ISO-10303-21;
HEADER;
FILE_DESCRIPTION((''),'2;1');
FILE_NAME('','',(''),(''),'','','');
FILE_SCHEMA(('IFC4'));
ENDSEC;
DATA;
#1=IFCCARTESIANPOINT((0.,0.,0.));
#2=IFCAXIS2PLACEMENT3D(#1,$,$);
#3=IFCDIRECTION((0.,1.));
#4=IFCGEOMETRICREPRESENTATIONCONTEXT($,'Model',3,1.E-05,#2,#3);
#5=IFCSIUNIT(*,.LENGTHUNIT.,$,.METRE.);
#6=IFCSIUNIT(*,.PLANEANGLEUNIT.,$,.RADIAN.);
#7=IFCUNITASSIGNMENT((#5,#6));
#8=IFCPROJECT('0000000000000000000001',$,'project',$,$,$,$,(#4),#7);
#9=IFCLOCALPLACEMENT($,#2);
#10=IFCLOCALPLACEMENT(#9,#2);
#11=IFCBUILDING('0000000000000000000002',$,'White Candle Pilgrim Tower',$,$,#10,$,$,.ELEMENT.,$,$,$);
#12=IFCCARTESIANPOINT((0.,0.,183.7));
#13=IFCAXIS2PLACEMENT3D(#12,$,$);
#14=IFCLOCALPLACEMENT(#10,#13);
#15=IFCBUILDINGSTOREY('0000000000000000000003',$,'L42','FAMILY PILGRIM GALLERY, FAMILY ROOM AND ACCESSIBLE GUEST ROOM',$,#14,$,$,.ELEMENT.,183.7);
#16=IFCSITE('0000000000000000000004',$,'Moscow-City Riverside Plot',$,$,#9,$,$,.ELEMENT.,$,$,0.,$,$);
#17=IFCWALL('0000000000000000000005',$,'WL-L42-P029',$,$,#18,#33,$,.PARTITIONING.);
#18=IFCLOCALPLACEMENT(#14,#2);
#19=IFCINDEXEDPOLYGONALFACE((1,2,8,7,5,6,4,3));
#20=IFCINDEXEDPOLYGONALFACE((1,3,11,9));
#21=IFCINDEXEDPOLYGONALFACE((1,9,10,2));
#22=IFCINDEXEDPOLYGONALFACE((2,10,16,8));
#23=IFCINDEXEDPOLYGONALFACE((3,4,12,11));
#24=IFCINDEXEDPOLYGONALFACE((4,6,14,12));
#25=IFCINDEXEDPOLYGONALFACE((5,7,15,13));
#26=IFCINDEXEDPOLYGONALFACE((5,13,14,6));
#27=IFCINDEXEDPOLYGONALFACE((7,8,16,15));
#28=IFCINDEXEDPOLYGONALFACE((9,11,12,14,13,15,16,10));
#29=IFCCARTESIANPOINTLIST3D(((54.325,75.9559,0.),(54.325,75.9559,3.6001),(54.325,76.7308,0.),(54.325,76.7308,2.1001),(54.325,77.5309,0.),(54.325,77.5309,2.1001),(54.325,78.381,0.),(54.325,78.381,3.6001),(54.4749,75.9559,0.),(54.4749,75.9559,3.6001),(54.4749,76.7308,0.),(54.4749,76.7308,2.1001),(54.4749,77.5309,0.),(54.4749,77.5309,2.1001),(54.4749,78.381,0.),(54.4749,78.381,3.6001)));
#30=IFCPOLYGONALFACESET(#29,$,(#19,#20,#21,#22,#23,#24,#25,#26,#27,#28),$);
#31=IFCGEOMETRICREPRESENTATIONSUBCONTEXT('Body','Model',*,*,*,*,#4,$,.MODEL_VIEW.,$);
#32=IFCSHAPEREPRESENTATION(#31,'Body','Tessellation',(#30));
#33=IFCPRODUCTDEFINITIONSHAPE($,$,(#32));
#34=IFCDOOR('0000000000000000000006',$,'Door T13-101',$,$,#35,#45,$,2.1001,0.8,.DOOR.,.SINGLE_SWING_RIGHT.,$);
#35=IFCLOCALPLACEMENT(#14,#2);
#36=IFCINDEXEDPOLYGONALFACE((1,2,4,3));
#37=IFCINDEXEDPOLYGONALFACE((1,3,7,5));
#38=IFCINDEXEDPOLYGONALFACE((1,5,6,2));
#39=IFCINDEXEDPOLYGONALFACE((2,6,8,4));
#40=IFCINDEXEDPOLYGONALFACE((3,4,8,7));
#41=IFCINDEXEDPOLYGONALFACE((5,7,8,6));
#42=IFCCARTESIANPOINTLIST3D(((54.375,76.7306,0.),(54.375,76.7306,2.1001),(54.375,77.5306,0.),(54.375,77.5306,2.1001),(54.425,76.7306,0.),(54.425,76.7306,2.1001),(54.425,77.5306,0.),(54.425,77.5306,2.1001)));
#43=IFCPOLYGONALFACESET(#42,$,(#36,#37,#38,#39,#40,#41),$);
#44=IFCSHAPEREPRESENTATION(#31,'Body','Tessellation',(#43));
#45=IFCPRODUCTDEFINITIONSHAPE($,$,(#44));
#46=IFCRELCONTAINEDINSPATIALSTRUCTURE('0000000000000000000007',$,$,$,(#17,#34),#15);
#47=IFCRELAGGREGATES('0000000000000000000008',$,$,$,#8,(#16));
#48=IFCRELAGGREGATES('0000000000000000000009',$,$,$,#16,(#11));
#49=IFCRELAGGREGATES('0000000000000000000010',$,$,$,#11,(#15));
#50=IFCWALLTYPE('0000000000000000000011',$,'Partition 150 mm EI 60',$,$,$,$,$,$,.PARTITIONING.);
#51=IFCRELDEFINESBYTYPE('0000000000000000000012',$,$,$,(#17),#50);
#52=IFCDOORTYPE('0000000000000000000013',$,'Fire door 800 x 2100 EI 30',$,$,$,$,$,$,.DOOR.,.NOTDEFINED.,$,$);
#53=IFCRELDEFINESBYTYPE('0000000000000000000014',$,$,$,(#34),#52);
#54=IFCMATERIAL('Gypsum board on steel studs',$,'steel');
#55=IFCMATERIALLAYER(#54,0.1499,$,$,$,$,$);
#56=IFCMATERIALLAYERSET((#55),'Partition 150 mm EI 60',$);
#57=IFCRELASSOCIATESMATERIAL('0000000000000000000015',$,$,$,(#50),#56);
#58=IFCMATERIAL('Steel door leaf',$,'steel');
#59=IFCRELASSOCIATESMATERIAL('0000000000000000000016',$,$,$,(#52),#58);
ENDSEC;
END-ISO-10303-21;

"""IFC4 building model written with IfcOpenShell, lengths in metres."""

from ifc_helpers import new_model, si_unit, direction, frame, frame_2d, origin, place, context, subcontext, project, spatial, rectangle, extrude, material, layer, layer_set, type_object, element, fill, save


model = new_model("IFC4")

# Units and contexts
model_context = context("Model", 3, precision=1e-05, world=origin(), true_north=direction((0.0, 1.0)))
body_context = subcontext(model_context, "Body", "Model", "MODEL_VIEW")
ifc_project = project(units=[si_unit("LENGTHUNIT", "METRE"), si_unit("PLANEANGLEUNIT", "RADIAN")], contexts=[model_context])

# Site, building, storey
site_placement = place(None, origin())
site = spatial("IfcSite", under=ifc_project, at=site_placement, Name="Moscow-City Riverside Plot", CompositionType="ELEMENT", RefElevation=0.0)
building_placement = place(site_placement, origin())
building = spatial("IfcBuilding", under=site, at=building_placement, Name="White Candle Pilgrim Tower", CompositionType="ELEMENT")
storey_placement = place(building_placement, frame((0.0, 0.0, 183.7)))
storey = spatial("IfcBuildingStorey", under=building, at=storey_placement, Name="L42", Description="FAMILY PILGRIM GALLERY, FAMILY ROOM AND ACCESSIBLE GUEST ROOM", CompositionType="ELEMENT", Elevation=183.7)

# Shared definitions
ifc_material_1 = material(Name="Gypsum board on steel studs", Category="steel")
ifc_layer_1 = layer(ifc_material_1, 0.1499)
ifc_layer_set_1 = layer_set([ifc_layer_1], Name="Partition 150 mm EI 60")
wall_type = type_object("IfcWallType", Name="Partition 150 mm EI 60", PredefinedType="PARTITIONING", material=ifc_layer_set_1)

# Wall, opening, door
wall_1_placement = place(storey_placement, frame((54.3999, 78.3809, 0.0), z_axis=(0.0, 0.0, 1.0), x_axis=(0.0, -1.0, 0.0)))
wall_1 = element("IfcWall", 1, at=wall_1_placement, inside=storey, type_object=wall_type, Name="WL-L42-P029", PredefinedType="PARTITIONING", context=body_context, shape_type="SweptSolid", body=[
    extrude(rectangle(XDim=2.425, YDim=0.1499, at=frame_2d((1.2124, 0.0))), origin(), (0.0, 0.0, 1.0), 3.6001),
])
opening_placement = place(wall_1_placement, frame((0.8501, 0.0, 0.0)))
opening = element("IfcOpeningElement", 2, at=opening_placement, cuts=wall_1, PredefinedType="OPENING", context=body_context, shape_type="SweptSolid", body=[
    extrude(rectangle(XDim=0.8, YDim=2.1001, at=frame_2d((0.3999, 1.05))), frame((0.0, 0.085, 0.0), z_axis=(0.0, -1.0, 0.0), x_axis=(1.0, 0.0, 0.0)), (0.0, 0.0, 1.0), 0.1699),
])
ifc_material_2 = material(Name="Steel door leaf", Category="steel")
door_type = type_object("IfcDoorType", Name="Fire door 800 x 2100 EI 30", OperationType="NOTDEFINED", PredefinedType="DOOR", material=ifc_material_2)
door_placement = place(opening_placement, frame((0.8, 0.0, 0.0), z_axis=(0.0, 0.0, 1.0), x_axis=(-1.0, 0.0, 0.0)))
door = element("IfcDoor", 3, at=door_placement, inside=storey, type_object=door_type, Name="Door T13-101", OperationType="SINGLE_SWING_RIGHT", OverallHeight=2.1001, OverallWidth=0.8, PredefinedType="DOOR", context=body_context, shape_type="SweptSolid", body=[
    extrude(rectangle(XDim=0.8, YDim=2.1001, at=frame_2d((0.3999, 1.05))), frame((0.0, 0.0249, 0.0), z_axis=(0.0, -1.0, 0.0), x_axis=(1.0, 0.0, 0.0)), (0.0, 0.0, 1.0), 0.05),
])
fill(opening, door)

save(model, "model.ifc")
